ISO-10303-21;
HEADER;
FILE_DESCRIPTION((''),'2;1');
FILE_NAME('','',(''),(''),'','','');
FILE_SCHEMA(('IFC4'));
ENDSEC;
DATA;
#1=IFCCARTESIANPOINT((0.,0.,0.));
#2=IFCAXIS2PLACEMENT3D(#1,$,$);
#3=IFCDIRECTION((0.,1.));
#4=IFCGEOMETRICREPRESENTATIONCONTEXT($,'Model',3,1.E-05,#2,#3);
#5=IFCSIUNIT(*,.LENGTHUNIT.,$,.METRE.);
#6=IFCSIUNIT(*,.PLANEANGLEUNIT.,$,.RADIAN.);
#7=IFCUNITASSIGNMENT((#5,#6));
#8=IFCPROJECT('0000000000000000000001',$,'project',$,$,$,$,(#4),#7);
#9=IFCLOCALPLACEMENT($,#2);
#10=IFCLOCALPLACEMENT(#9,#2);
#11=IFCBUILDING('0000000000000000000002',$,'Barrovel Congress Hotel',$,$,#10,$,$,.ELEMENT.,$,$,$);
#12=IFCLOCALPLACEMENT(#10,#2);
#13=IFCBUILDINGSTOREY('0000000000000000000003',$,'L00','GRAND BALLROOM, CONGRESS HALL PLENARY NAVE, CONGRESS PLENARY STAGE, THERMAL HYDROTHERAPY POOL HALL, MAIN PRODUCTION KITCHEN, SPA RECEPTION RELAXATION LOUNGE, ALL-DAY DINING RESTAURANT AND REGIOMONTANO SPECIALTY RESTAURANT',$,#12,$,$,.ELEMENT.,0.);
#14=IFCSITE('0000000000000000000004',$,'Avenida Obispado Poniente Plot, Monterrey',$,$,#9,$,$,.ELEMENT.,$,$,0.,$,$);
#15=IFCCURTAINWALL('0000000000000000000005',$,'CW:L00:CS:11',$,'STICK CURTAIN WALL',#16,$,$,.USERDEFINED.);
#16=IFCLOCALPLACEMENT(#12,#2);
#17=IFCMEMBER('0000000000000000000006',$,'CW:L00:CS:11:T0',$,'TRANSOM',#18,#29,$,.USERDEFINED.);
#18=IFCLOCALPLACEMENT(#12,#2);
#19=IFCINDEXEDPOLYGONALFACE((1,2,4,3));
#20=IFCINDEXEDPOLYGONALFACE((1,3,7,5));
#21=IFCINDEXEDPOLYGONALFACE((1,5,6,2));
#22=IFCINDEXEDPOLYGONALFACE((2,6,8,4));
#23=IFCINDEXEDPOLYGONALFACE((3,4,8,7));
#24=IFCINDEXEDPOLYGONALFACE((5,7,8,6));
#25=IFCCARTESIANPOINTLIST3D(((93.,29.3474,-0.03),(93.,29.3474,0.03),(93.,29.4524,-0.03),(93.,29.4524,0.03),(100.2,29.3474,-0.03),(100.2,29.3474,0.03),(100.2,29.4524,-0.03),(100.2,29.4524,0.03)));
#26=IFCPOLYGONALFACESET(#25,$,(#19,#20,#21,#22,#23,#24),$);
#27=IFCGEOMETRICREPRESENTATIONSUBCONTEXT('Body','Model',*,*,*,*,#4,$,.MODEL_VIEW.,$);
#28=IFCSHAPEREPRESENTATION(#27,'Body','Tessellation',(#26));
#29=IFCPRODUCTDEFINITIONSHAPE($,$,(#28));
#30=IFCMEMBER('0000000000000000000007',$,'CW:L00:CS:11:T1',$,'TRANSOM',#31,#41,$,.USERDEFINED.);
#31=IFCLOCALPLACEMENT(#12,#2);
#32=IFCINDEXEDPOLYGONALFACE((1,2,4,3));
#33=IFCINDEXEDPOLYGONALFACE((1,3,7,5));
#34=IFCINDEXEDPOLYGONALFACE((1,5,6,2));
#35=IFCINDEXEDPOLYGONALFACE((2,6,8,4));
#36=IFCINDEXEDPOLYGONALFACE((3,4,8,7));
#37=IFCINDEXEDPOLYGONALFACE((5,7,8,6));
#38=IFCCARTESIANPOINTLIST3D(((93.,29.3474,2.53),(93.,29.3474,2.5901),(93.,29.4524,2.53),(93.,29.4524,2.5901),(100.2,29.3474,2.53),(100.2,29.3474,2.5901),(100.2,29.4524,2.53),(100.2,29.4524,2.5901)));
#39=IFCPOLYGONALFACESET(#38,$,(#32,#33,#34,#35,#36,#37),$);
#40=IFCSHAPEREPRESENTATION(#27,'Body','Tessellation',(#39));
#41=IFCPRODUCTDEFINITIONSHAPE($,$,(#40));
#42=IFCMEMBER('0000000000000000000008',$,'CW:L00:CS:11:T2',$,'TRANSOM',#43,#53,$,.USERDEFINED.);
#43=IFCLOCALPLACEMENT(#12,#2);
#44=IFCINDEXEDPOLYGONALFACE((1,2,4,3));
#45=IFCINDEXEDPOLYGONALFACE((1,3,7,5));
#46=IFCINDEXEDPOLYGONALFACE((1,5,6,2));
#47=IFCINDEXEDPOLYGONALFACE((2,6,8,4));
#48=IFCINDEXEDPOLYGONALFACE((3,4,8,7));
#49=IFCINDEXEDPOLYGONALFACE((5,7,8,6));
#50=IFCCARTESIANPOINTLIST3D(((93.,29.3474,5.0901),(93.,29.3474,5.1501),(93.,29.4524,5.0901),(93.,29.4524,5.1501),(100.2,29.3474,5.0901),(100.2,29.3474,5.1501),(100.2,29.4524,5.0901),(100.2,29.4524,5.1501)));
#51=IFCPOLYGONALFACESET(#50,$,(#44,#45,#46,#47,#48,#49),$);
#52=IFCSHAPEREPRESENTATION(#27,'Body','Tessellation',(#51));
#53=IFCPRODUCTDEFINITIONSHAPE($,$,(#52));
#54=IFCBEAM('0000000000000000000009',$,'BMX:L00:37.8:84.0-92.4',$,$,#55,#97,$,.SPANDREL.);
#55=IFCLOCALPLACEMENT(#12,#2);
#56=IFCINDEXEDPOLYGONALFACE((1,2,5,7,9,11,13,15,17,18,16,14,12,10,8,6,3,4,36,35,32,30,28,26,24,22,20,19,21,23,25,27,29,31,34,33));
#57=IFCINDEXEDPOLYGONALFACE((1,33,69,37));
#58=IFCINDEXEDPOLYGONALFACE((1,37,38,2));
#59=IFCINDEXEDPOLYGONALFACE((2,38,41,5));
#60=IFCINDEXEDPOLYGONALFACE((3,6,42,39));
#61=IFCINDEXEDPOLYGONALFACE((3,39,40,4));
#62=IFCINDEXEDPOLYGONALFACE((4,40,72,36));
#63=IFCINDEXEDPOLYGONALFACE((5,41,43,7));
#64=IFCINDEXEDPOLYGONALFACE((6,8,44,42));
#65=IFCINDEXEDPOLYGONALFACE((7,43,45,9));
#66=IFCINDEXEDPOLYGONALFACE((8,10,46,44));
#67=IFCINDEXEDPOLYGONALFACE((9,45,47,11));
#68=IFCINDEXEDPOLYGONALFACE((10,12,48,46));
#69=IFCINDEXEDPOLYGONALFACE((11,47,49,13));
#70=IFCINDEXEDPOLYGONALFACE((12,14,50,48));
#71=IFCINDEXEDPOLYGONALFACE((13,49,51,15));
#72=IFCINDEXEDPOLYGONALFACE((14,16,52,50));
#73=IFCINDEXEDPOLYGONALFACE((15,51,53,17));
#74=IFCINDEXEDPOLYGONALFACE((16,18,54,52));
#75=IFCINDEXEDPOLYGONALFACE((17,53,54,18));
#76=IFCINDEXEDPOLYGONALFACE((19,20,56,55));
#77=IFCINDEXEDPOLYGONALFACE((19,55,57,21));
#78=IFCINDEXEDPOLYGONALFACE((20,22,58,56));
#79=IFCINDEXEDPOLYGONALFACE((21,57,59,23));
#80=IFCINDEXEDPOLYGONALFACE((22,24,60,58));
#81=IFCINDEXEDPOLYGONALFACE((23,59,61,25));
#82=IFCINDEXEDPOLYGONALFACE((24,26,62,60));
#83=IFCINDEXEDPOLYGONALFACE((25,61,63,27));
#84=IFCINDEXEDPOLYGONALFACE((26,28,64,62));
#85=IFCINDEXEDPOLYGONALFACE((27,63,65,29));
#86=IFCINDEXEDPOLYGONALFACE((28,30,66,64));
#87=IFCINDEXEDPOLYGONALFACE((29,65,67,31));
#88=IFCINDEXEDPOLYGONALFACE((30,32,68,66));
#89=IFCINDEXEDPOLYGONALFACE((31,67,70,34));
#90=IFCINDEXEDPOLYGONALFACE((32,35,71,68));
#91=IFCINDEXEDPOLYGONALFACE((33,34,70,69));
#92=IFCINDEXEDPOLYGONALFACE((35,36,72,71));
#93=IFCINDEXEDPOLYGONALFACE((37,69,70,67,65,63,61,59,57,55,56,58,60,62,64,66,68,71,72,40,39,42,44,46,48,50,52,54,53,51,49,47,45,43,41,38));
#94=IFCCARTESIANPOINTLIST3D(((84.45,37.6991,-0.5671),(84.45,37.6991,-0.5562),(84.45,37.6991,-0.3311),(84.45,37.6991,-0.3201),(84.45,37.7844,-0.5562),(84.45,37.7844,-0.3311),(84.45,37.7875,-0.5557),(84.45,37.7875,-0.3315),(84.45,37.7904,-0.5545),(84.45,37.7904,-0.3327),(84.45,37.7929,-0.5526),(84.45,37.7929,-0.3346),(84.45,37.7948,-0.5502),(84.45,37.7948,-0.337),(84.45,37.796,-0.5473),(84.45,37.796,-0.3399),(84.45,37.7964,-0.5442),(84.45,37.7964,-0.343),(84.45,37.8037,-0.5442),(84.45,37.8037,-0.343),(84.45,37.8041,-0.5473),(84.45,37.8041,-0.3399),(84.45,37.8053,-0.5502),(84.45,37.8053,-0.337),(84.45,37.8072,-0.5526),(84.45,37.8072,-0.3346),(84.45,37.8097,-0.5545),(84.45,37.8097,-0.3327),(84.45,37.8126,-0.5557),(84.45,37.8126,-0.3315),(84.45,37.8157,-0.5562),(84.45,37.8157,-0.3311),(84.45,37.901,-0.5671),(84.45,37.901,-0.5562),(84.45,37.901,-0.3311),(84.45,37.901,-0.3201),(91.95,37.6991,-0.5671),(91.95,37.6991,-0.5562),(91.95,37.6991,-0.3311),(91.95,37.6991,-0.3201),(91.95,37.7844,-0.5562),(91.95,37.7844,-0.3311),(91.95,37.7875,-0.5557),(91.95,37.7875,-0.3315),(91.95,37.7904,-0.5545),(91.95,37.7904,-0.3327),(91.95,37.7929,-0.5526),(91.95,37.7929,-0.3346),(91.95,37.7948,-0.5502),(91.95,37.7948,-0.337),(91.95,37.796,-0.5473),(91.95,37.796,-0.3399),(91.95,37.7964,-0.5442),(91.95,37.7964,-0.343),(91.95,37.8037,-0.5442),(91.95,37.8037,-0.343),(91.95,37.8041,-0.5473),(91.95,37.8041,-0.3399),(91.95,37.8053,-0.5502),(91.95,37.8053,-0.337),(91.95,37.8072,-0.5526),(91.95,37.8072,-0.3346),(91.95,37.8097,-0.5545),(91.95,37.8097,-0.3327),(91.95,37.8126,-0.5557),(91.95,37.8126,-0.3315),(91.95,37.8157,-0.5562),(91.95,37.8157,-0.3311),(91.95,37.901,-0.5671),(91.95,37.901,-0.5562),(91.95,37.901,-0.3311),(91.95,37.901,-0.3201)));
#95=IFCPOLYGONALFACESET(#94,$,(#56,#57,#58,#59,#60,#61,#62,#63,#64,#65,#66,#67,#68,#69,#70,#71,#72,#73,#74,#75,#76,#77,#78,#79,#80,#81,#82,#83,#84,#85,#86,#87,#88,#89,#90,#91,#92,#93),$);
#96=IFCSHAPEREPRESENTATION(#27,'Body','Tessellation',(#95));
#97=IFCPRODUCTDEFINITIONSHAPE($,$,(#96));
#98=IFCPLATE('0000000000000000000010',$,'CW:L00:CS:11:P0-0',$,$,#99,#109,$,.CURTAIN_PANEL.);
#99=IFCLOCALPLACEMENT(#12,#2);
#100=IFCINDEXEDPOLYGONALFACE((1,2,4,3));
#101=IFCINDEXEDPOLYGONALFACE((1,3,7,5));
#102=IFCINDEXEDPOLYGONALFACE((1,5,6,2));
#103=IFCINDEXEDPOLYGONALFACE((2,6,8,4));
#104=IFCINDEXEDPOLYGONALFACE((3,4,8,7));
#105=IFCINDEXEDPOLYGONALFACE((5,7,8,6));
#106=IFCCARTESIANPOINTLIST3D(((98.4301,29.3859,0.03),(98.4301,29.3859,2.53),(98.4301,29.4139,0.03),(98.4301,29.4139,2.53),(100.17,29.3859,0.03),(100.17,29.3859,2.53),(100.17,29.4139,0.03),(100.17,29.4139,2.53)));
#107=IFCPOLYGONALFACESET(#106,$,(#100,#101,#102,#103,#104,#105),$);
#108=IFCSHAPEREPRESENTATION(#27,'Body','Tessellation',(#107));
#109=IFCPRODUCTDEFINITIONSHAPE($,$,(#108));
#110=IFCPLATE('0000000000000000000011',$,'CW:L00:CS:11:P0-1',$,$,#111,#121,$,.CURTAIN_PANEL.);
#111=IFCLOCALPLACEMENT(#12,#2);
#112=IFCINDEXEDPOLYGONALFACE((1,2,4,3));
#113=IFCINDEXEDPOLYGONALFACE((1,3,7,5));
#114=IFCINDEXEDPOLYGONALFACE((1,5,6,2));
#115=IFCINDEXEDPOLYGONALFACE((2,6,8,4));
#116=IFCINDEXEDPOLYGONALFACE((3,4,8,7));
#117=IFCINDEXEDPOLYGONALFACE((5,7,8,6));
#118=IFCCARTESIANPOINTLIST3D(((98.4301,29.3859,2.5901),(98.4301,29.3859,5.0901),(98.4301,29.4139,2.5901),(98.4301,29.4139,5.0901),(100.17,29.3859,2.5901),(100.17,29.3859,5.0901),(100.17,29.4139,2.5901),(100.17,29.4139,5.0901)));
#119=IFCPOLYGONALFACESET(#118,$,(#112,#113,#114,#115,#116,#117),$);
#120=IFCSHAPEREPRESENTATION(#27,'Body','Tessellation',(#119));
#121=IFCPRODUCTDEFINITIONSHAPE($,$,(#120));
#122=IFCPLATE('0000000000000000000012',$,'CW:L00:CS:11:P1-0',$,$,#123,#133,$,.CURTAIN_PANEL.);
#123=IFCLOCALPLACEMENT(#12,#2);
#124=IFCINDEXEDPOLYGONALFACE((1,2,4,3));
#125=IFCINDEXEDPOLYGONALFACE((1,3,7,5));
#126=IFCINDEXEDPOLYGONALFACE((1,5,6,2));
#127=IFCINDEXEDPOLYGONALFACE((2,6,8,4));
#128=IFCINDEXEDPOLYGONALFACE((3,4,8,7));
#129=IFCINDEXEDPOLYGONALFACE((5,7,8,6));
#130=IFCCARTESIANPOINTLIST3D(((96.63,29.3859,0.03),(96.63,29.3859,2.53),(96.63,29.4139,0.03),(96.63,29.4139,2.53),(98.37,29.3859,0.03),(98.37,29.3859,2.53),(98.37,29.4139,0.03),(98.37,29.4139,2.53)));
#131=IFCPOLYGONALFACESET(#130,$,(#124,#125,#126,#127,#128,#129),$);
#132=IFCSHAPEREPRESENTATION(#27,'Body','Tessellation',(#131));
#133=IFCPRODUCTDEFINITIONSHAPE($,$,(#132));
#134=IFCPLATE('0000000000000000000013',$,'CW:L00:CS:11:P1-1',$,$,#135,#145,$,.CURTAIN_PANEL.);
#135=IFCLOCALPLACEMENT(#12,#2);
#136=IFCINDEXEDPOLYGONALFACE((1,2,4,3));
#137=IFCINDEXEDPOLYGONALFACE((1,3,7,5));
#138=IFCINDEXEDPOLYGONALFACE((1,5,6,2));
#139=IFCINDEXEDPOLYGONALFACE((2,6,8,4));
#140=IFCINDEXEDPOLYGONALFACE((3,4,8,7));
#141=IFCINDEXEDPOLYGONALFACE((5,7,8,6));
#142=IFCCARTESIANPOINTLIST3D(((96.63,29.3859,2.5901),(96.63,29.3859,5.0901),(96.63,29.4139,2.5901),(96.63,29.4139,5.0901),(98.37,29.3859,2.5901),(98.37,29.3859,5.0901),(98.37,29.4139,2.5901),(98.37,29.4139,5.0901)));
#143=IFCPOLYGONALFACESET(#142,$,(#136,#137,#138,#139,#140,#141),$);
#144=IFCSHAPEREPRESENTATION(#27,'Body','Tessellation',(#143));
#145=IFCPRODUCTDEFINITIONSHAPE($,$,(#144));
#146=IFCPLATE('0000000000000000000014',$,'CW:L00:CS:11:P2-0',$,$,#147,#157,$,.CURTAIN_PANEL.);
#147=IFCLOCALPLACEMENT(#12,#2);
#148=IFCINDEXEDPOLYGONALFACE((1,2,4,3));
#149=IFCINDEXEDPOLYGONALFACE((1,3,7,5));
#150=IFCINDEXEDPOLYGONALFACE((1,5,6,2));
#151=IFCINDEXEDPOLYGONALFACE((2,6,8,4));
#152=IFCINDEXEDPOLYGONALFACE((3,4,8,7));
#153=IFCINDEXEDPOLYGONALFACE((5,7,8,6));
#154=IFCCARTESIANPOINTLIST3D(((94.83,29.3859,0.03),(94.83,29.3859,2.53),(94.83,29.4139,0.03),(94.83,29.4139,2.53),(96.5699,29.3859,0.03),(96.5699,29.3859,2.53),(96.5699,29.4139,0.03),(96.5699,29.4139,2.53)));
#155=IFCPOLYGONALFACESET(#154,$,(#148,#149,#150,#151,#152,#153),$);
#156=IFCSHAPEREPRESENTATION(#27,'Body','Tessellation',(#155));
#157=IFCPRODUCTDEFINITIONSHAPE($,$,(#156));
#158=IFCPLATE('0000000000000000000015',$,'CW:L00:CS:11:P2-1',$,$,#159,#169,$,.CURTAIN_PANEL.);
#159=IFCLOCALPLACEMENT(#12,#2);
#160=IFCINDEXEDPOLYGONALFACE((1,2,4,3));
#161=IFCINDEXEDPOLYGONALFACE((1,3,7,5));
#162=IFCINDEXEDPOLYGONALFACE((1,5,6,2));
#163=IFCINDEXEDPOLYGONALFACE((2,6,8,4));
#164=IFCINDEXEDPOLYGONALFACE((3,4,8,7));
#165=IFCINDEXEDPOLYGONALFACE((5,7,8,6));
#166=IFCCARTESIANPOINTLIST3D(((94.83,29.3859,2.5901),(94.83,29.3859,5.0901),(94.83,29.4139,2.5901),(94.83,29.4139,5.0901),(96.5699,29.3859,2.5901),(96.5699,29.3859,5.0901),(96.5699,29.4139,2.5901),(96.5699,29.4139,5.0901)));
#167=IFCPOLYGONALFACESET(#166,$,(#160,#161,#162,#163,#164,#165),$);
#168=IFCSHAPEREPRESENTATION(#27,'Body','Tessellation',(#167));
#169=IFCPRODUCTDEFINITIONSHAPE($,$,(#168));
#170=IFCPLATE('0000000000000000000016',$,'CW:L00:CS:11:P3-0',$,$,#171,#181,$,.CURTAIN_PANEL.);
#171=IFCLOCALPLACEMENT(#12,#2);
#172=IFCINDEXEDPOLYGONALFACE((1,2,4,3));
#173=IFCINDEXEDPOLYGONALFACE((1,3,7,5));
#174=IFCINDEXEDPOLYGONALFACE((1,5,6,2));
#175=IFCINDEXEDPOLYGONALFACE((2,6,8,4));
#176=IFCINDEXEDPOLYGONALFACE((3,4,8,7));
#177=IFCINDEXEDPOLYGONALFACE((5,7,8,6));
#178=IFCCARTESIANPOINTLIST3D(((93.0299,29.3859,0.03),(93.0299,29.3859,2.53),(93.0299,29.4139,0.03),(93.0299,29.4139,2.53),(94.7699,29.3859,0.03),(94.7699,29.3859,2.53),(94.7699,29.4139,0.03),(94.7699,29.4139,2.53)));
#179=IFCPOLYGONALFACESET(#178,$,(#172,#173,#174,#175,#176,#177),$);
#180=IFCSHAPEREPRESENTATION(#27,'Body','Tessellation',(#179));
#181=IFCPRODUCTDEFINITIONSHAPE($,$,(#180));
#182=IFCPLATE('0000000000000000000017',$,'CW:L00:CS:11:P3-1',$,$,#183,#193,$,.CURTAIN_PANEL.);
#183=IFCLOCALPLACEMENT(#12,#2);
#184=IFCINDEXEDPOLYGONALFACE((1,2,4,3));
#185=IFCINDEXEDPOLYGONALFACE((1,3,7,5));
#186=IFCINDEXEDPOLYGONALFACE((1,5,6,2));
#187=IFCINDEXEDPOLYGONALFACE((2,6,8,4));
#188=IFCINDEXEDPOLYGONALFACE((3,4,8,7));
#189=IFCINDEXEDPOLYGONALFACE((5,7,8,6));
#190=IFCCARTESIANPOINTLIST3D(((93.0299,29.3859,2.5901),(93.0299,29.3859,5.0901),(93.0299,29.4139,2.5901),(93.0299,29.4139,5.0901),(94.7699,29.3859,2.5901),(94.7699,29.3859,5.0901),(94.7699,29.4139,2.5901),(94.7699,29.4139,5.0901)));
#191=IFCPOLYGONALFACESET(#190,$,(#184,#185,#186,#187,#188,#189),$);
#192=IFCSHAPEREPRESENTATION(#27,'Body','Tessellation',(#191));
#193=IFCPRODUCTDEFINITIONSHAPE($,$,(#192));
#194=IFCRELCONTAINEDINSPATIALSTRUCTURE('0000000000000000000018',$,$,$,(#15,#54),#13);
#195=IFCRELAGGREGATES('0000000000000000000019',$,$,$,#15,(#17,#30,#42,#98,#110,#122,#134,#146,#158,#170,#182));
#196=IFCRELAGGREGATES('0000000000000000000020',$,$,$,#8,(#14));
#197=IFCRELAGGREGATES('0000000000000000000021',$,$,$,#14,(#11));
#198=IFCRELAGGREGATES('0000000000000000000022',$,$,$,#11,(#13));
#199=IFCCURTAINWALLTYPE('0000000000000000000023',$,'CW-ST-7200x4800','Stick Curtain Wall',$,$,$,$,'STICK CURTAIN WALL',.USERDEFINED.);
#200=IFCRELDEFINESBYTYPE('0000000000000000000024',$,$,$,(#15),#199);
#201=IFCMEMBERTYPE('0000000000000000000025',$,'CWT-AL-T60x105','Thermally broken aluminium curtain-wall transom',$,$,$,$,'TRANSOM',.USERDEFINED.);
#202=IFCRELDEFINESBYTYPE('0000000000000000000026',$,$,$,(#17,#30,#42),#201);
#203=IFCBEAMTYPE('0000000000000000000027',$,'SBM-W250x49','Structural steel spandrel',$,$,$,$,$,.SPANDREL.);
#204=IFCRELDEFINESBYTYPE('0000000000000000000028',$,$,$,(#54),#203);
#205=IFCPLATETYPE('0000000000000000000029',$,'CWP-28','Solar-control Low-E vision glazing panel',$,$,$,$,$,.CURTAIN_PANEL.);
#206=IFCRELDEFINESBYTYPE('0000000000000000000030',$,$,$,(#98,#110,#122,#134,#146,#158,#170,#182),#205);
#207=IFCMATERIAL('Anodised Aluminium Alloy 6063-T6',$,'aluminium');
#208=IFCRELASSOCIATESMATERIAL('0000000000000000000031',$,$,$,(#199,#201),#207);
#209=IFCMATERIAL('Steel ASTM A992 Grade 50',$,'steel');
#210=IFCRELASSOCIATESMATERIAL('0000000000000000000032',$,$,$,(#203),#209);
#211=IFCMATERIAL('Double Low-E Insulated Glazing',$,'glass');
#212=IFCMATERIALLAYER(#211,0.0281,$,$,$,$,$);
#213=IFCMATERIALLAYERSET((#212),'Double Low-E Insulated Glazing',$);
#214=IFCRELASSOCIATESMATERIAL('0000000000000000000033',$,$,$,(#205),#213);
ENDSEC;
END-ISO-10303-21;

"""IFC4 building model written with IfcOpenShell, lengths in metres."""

from ifc_helpers import new_model, si_unit, direction, frame, origin, origin_2d, place, context, subcontext, project, spatial, rectangle, i_section, extrude, material, layer, layer_set, material_profile, profile_set, type_object, element, aggregate, save


model = new_model("IFC4")

# Units and contexts
model_context = context("Model", 3, precision=1e-05, world=origin(), true_north=direction((0.0, 1.0)))
body_context = subcontext(model_context, "Body", "Model", "MODEL_VIEW")
ifc_project = project(units=[si_unit("LENGTHUNIT", "METRE"), si_unit("PLANEANGLEUNIT", "RADIAN")], contexts=[model_context])

# Site, building, storey
site_placement = place(None, origin())
site = spatial("IfcSite", under=ifc_project, at=site_placement, Name="Avenida Obispado Poniente Plot, Monterrey", CompositionType="ELEMENT", RefElevation=0.0)
building_placement = place(site_placement, origin())
building = spatial("IfcBuilding", under=site, at=building_placement, Name="Barrovel Congress Hotel", CompositionType="ELEMENT")
storey_placement = place(building_placement, origin())
storey = spatial("IfcBuildingStorey", under=building, at=storey_placement, Name="L00", Description="GRAND BALLROOM, CONGRESS HALL PLENARY NAVE, CONGRESS PLENARY STAGE, THERMAL HYDROTHERAPY POOL HALL, MAIN PRODUCTION KITCHEN, SPA RECEPTION RELAXATION LOUNGE, ALL-DAY DINING RESTAURANT AND REGIOMONTANO SPECIALTY RESTAURANT", CompositionType="ELEMENT", Elevation=0.0)

# Curtain wall, members
ifc_material_1 = material(Name="Anodised Aluminium Alloy 6063-T6", Category="aluminium")
curtain_wall_type = type_object("IfcCurtainWallType", Name="CW-ST-7200x4800", Description="Stick Curtain Wall", ElementType="STICK CURTAIN WALL", PredefinedType="USERDEFINED", material=ifc_material_1)
curtain_wall_placement = place(storey_placement, origin())
curtain_wall = element("IfcCurtainWall", 1, at=curtain_wall_placement, inside=storey, type_object=curtain_wall_type, Name="CW:L00:CS:11", ObjectType="STICK CURTAIN WALL", PredefinedType="USERDEFINED")
ifc_material_profile_1 = material_profile(ifc_material_1, rectangle(XDim=0.105, YDim=0.0601, at=origin_2d()), Name="AL-T60x105")
ifc_profile_set_1 = profile_set([ifc_material_profile_1], Name="Anodised Aluminium Alloy 6063-T6")
member_type_1 = type_object("IfcMemberType", Name="CWT-AL-T60x105", Description="Thermally broken aluminium curtain-wall transom", ElementType="TRANSOM", PredefinedType="USERDEFINED", material=ifc_profile_set_1)
member_1_placement = place(storey_placement, frame((100.2, 29.3999, 0.0), z_axis=(-1.0, 0.0, 0.0), x_axis=(0.0, -1.0, 0.0)))
member_1 = element("IfcMember", 2, at=member_1_placement, type_object=member_type_1, Name="CW:L00:CS:11:T0", ObjectType="TRANSOM", PredefinedType="USERDEFINED", context=body_context, shape_type="SweptSolid", body=[
    extrude(rectangle(XDim=0.105, YDim=0.0601, at=origin_2d()), origin(), (0.0, 0.0, 1.0), 7.2),
])
member_2_placement = place(storey_placement, frame((100.2, 29.3999, 2.5601), z_axis=(-1.0, 0.0, 0.0), x_axis=(0.0, -1.0, 0.0)))
member_2 = element("IfcMember", 3, at=member_2_placement, type_object=member_type_1, Name="CW:L00:CS:11:T1", ObjectType="TRANSOM", PredefinedType="USERDEFINED", context=body_context, shape_type="SweptSolid", body=[
    extrude(rectangle(XDim=0.105, YDim=0.0601, at=origin_2d()), origin(), (0.0, 0.0, 1.0), 7.2),
])
member_3_placement = place(storey_placement, frame((100.2, 29.3999, 5.1201), z_axis=(-1.0, 0.0, 0.0), x_axis=(0.0, -1.0, 0.0)))
member_3 = element("IfcMember", 4, at=member_3_placement, type_object=member_type_1, Name="CW:L00:CS:11:T2", ObjectType="TRANSOM", PredefinedType="USERDEFINED", context=body_context, shape_type="SweptSolid", body=[
    extrude(rectangle(XDim=0.105, YDim=0.0601, at=origin_2d()), origin(), (0.0, 0.0, 1.0), 7.2),
])

# Beam
ifc_material_2 = material(Name="Steel ASTM A992 Grade 50", Category="steel")
ifc_material_profile_2 = material_profile(ifc_material_2, i_section(OverallWidth=0.2019, OverallDepth=0.2471, WebThickness=0.0073, FlangeThickness=0.011, FilletRadius=0.012, at=origin_2d()), Name="W250x49")
ifc_profile_set_2 = profile_set([ifc_material_profile_2], Name="Steel ASTM A992 Grade 50")
beam_type_1 = type_object("IfcBeamType", Name="SBM-W250x49", Description="Structural steel spandrel", PredefinedType="SPANDREL", material=ifc_profile_set_2)
beam_1_placement = place(storey_placement, frame((84.45, 37.8, -0.4436), z_axis=(1.0, 0.0, 0.0), x_axis=(0.0, 1.0, 0.0)))
element("IfcBeam", 5, at=beam_1_placement, inside=storey, type_object=beam_type_1, Name="BMX:L00:37.8:84.0-92.4", PredefinedType="SPANDREL", context=body_context, shape_type="SweptSolid", body=[
    extrude(i_section(OverallWidth=0.2019, OverallDepth=0.2471, WebThickness=0.0073, FlangeThickness=0.011, FilletRadius=0.012, at=origin_2d()), origin(), (0.0, 0.0, 1.0), 7.5),
])

# Plates
ifc_material_3 = material(Name="Double Low-E Insulated Glazing", Category="glass")
ifc_layer_1 = layer(ifc_material_3, 0.0281)
ifc_layer_set_1 = layer_set([ifc_layer_1], Name="Double Low-E Insulated Glazing")
plate_type = type_object("IfcPlateType", Name="CWP-28", Description="Solar-control Low-E vision glazing panel", PredefinedType="CURTAIN_PANEL", material=ifc_layer_set_1)
plate_1_placement = place(storey_placement, frame((99.3, 29.3999, 0.03), z_axis=(0.0, 0.0, 1.0), x_axis=(-1.0, 0.0, 0.0)))
plate_1 = element("IfcPlate", 6, at=plate_1_placement, type_object=plate_type, Name="CW:L00:CS:11:P0-0", PredefinedType="CURTAIN_PANEL", context=body_context, shape_type="SweptSolid", body=[
    extrude(rectangle(XDim=1.74, YDim=0.0281, at=origin_2d()), origin(), (0.0, 0.0, 1.0), 2.5),
])
plate_2_placement = place(storey_placement, frame((99.3, 29.3999, 2.5901), z_axis=(0.0, 0.0, 1.0), x_axis=(-1.0, 0.0, 0.0)))
plate_2 = element("IfcPlate", 7, at=plate_2_placement, type_object=plate_type, Name="CW:L00:CS:11:P0-1", PredefinedType="CURTAIN_PANEL", context=body_context, shape_type="SweptSolid", body=[
    extrude(rectangle(XDim=1.74, YDim=0.0281, at=origin_2d()), origin(), (0.0, 0.0, 1.0), 2.5),
])
plate_3_placement = place(storey_placement, frame((97.5, 29.3999, 0.03), z_axis=(0.0, 0.0, 1.0), x_axis=(-1.0, 0.0, 0.0)))
plate_3 = element("IfcPlate", 8, at=plate_3_placement, type_object=plate_type, Name="CW:L00:CS:11:P1-0", PredefinedType="CURTAIN_PANEL", context=body_context, shape_type="SweptSolid", body=[
    extrude(rectangle(XDim=1.74, YDim=0.0281, at=origin_2d()), origin(), (0.0, 0.0, 1.0), 2.5),
])
plate_4_placement = place(storey_placement, frame((97.5, 29.3999, 2.5901), z_axis=(0.0, 0.0, 1.0), x_axis=(-1.0, 0.0, 0.0)))
plate_4 = element("IfcPlate", 9, at=plate_4_placement, type_object=plate_type, Name="CW:L00:CS:11:P1-1", PredefinedType="CURTAIN_PANEL", context=body_context, shape_type="SweptSolid", body=[
    extrude(rectangle(XDim=1.74, YDim=0.0281, at=origin_2d()), origin(), (0.0, 0.0, 1.0), 2.5),
])
plate_5_placement = place(storey_placement, frame((95.7, 29.3999, 0.03), z_axis=(0.0, 0.0, 1.0), x_axis=(-1.0, 0.0, 0.0)))
plate_5 = element("IfcPlate", 10, at=plate_5_placement, type_object=plate_type, Name="CW:L00:CS:11:P2-0", PredefinedType="CURTAIN_PANEL", context=body_context, shape_type="SweptSolid", body=[
    extrude(rectangle(XDim=1.74, YDim=0.0281, at=origin_2d()), origin(), (0.0, 0.0, 1.0), 2.5),
])
plate_6_placement = place(storey_placement, frame((95.7, 29.3999, 2.5901), z_axis=(0.0, 0.0, 1.0), x_axis=(-1.0, 0.0, 0.0)))
plate_6 = element("IfcPlate", 11, at=plate_6_placement, type_object=plate_type, Name="CW:L00:CS:11:P2-1", PredefinedType="CURTAIN_PANEL", context=body_context, shape_type="SweptSolid", body=[
    extrude(rectangle(XDim=1.74, YDim=0.0281, at=origin_2d()), origin(), (0.0, 0.0, 1.0), 2.5),
])
plate_7_placement = place(storey_placement, frame((93.8999, 29.3999, 0.03), z_axis=(0.0, 0.0, 1.0), x_axis=(-1.0, 0.0, 0.0)))
plate_7 = element("IfcPlate", 12, at=plate_7_placement, type_object=plate_type, Name="CW:L00:CS:11:P3-0", PredefinedType="CURTAIN_PANEL", context=body_context, shape_type="SweptSolid", body=[
    extrude(rectangle(XDim=1.74, YDim=0.0281, at=origin_2d()), origin(), (0.0, 0.0, 1.0), 2.5),
])
plate_8_placement = place(storey_placement, frame((93.8999, 29.3999, 2.5901), z_axis=(0.0, 0.0, 1.0), x_axis=(-1.0, 0.0, 0.0)))
plate_8 = element("IfcPlate", 13, at=plate_8_placement, type_object=plate_type, Name="CW:L00:CS:11:P3-1", PredefinedType="CURTAIN_PANEL", context=body_context, shape_type="SweptSolid", body=[
    extrude(rectangle(XDim=1.74, YDim=0.0281, at=origin_2d()), origin(), (0.0, 0.0, 1.0), 2.5),
])
aggregate(curtain_wall, [member_1, member_2, member_3, plate_1, plate_2, plate_3, plate_4, plate_5, plate_6, plate_7, plate_8])

save(model, "model.ifc")
